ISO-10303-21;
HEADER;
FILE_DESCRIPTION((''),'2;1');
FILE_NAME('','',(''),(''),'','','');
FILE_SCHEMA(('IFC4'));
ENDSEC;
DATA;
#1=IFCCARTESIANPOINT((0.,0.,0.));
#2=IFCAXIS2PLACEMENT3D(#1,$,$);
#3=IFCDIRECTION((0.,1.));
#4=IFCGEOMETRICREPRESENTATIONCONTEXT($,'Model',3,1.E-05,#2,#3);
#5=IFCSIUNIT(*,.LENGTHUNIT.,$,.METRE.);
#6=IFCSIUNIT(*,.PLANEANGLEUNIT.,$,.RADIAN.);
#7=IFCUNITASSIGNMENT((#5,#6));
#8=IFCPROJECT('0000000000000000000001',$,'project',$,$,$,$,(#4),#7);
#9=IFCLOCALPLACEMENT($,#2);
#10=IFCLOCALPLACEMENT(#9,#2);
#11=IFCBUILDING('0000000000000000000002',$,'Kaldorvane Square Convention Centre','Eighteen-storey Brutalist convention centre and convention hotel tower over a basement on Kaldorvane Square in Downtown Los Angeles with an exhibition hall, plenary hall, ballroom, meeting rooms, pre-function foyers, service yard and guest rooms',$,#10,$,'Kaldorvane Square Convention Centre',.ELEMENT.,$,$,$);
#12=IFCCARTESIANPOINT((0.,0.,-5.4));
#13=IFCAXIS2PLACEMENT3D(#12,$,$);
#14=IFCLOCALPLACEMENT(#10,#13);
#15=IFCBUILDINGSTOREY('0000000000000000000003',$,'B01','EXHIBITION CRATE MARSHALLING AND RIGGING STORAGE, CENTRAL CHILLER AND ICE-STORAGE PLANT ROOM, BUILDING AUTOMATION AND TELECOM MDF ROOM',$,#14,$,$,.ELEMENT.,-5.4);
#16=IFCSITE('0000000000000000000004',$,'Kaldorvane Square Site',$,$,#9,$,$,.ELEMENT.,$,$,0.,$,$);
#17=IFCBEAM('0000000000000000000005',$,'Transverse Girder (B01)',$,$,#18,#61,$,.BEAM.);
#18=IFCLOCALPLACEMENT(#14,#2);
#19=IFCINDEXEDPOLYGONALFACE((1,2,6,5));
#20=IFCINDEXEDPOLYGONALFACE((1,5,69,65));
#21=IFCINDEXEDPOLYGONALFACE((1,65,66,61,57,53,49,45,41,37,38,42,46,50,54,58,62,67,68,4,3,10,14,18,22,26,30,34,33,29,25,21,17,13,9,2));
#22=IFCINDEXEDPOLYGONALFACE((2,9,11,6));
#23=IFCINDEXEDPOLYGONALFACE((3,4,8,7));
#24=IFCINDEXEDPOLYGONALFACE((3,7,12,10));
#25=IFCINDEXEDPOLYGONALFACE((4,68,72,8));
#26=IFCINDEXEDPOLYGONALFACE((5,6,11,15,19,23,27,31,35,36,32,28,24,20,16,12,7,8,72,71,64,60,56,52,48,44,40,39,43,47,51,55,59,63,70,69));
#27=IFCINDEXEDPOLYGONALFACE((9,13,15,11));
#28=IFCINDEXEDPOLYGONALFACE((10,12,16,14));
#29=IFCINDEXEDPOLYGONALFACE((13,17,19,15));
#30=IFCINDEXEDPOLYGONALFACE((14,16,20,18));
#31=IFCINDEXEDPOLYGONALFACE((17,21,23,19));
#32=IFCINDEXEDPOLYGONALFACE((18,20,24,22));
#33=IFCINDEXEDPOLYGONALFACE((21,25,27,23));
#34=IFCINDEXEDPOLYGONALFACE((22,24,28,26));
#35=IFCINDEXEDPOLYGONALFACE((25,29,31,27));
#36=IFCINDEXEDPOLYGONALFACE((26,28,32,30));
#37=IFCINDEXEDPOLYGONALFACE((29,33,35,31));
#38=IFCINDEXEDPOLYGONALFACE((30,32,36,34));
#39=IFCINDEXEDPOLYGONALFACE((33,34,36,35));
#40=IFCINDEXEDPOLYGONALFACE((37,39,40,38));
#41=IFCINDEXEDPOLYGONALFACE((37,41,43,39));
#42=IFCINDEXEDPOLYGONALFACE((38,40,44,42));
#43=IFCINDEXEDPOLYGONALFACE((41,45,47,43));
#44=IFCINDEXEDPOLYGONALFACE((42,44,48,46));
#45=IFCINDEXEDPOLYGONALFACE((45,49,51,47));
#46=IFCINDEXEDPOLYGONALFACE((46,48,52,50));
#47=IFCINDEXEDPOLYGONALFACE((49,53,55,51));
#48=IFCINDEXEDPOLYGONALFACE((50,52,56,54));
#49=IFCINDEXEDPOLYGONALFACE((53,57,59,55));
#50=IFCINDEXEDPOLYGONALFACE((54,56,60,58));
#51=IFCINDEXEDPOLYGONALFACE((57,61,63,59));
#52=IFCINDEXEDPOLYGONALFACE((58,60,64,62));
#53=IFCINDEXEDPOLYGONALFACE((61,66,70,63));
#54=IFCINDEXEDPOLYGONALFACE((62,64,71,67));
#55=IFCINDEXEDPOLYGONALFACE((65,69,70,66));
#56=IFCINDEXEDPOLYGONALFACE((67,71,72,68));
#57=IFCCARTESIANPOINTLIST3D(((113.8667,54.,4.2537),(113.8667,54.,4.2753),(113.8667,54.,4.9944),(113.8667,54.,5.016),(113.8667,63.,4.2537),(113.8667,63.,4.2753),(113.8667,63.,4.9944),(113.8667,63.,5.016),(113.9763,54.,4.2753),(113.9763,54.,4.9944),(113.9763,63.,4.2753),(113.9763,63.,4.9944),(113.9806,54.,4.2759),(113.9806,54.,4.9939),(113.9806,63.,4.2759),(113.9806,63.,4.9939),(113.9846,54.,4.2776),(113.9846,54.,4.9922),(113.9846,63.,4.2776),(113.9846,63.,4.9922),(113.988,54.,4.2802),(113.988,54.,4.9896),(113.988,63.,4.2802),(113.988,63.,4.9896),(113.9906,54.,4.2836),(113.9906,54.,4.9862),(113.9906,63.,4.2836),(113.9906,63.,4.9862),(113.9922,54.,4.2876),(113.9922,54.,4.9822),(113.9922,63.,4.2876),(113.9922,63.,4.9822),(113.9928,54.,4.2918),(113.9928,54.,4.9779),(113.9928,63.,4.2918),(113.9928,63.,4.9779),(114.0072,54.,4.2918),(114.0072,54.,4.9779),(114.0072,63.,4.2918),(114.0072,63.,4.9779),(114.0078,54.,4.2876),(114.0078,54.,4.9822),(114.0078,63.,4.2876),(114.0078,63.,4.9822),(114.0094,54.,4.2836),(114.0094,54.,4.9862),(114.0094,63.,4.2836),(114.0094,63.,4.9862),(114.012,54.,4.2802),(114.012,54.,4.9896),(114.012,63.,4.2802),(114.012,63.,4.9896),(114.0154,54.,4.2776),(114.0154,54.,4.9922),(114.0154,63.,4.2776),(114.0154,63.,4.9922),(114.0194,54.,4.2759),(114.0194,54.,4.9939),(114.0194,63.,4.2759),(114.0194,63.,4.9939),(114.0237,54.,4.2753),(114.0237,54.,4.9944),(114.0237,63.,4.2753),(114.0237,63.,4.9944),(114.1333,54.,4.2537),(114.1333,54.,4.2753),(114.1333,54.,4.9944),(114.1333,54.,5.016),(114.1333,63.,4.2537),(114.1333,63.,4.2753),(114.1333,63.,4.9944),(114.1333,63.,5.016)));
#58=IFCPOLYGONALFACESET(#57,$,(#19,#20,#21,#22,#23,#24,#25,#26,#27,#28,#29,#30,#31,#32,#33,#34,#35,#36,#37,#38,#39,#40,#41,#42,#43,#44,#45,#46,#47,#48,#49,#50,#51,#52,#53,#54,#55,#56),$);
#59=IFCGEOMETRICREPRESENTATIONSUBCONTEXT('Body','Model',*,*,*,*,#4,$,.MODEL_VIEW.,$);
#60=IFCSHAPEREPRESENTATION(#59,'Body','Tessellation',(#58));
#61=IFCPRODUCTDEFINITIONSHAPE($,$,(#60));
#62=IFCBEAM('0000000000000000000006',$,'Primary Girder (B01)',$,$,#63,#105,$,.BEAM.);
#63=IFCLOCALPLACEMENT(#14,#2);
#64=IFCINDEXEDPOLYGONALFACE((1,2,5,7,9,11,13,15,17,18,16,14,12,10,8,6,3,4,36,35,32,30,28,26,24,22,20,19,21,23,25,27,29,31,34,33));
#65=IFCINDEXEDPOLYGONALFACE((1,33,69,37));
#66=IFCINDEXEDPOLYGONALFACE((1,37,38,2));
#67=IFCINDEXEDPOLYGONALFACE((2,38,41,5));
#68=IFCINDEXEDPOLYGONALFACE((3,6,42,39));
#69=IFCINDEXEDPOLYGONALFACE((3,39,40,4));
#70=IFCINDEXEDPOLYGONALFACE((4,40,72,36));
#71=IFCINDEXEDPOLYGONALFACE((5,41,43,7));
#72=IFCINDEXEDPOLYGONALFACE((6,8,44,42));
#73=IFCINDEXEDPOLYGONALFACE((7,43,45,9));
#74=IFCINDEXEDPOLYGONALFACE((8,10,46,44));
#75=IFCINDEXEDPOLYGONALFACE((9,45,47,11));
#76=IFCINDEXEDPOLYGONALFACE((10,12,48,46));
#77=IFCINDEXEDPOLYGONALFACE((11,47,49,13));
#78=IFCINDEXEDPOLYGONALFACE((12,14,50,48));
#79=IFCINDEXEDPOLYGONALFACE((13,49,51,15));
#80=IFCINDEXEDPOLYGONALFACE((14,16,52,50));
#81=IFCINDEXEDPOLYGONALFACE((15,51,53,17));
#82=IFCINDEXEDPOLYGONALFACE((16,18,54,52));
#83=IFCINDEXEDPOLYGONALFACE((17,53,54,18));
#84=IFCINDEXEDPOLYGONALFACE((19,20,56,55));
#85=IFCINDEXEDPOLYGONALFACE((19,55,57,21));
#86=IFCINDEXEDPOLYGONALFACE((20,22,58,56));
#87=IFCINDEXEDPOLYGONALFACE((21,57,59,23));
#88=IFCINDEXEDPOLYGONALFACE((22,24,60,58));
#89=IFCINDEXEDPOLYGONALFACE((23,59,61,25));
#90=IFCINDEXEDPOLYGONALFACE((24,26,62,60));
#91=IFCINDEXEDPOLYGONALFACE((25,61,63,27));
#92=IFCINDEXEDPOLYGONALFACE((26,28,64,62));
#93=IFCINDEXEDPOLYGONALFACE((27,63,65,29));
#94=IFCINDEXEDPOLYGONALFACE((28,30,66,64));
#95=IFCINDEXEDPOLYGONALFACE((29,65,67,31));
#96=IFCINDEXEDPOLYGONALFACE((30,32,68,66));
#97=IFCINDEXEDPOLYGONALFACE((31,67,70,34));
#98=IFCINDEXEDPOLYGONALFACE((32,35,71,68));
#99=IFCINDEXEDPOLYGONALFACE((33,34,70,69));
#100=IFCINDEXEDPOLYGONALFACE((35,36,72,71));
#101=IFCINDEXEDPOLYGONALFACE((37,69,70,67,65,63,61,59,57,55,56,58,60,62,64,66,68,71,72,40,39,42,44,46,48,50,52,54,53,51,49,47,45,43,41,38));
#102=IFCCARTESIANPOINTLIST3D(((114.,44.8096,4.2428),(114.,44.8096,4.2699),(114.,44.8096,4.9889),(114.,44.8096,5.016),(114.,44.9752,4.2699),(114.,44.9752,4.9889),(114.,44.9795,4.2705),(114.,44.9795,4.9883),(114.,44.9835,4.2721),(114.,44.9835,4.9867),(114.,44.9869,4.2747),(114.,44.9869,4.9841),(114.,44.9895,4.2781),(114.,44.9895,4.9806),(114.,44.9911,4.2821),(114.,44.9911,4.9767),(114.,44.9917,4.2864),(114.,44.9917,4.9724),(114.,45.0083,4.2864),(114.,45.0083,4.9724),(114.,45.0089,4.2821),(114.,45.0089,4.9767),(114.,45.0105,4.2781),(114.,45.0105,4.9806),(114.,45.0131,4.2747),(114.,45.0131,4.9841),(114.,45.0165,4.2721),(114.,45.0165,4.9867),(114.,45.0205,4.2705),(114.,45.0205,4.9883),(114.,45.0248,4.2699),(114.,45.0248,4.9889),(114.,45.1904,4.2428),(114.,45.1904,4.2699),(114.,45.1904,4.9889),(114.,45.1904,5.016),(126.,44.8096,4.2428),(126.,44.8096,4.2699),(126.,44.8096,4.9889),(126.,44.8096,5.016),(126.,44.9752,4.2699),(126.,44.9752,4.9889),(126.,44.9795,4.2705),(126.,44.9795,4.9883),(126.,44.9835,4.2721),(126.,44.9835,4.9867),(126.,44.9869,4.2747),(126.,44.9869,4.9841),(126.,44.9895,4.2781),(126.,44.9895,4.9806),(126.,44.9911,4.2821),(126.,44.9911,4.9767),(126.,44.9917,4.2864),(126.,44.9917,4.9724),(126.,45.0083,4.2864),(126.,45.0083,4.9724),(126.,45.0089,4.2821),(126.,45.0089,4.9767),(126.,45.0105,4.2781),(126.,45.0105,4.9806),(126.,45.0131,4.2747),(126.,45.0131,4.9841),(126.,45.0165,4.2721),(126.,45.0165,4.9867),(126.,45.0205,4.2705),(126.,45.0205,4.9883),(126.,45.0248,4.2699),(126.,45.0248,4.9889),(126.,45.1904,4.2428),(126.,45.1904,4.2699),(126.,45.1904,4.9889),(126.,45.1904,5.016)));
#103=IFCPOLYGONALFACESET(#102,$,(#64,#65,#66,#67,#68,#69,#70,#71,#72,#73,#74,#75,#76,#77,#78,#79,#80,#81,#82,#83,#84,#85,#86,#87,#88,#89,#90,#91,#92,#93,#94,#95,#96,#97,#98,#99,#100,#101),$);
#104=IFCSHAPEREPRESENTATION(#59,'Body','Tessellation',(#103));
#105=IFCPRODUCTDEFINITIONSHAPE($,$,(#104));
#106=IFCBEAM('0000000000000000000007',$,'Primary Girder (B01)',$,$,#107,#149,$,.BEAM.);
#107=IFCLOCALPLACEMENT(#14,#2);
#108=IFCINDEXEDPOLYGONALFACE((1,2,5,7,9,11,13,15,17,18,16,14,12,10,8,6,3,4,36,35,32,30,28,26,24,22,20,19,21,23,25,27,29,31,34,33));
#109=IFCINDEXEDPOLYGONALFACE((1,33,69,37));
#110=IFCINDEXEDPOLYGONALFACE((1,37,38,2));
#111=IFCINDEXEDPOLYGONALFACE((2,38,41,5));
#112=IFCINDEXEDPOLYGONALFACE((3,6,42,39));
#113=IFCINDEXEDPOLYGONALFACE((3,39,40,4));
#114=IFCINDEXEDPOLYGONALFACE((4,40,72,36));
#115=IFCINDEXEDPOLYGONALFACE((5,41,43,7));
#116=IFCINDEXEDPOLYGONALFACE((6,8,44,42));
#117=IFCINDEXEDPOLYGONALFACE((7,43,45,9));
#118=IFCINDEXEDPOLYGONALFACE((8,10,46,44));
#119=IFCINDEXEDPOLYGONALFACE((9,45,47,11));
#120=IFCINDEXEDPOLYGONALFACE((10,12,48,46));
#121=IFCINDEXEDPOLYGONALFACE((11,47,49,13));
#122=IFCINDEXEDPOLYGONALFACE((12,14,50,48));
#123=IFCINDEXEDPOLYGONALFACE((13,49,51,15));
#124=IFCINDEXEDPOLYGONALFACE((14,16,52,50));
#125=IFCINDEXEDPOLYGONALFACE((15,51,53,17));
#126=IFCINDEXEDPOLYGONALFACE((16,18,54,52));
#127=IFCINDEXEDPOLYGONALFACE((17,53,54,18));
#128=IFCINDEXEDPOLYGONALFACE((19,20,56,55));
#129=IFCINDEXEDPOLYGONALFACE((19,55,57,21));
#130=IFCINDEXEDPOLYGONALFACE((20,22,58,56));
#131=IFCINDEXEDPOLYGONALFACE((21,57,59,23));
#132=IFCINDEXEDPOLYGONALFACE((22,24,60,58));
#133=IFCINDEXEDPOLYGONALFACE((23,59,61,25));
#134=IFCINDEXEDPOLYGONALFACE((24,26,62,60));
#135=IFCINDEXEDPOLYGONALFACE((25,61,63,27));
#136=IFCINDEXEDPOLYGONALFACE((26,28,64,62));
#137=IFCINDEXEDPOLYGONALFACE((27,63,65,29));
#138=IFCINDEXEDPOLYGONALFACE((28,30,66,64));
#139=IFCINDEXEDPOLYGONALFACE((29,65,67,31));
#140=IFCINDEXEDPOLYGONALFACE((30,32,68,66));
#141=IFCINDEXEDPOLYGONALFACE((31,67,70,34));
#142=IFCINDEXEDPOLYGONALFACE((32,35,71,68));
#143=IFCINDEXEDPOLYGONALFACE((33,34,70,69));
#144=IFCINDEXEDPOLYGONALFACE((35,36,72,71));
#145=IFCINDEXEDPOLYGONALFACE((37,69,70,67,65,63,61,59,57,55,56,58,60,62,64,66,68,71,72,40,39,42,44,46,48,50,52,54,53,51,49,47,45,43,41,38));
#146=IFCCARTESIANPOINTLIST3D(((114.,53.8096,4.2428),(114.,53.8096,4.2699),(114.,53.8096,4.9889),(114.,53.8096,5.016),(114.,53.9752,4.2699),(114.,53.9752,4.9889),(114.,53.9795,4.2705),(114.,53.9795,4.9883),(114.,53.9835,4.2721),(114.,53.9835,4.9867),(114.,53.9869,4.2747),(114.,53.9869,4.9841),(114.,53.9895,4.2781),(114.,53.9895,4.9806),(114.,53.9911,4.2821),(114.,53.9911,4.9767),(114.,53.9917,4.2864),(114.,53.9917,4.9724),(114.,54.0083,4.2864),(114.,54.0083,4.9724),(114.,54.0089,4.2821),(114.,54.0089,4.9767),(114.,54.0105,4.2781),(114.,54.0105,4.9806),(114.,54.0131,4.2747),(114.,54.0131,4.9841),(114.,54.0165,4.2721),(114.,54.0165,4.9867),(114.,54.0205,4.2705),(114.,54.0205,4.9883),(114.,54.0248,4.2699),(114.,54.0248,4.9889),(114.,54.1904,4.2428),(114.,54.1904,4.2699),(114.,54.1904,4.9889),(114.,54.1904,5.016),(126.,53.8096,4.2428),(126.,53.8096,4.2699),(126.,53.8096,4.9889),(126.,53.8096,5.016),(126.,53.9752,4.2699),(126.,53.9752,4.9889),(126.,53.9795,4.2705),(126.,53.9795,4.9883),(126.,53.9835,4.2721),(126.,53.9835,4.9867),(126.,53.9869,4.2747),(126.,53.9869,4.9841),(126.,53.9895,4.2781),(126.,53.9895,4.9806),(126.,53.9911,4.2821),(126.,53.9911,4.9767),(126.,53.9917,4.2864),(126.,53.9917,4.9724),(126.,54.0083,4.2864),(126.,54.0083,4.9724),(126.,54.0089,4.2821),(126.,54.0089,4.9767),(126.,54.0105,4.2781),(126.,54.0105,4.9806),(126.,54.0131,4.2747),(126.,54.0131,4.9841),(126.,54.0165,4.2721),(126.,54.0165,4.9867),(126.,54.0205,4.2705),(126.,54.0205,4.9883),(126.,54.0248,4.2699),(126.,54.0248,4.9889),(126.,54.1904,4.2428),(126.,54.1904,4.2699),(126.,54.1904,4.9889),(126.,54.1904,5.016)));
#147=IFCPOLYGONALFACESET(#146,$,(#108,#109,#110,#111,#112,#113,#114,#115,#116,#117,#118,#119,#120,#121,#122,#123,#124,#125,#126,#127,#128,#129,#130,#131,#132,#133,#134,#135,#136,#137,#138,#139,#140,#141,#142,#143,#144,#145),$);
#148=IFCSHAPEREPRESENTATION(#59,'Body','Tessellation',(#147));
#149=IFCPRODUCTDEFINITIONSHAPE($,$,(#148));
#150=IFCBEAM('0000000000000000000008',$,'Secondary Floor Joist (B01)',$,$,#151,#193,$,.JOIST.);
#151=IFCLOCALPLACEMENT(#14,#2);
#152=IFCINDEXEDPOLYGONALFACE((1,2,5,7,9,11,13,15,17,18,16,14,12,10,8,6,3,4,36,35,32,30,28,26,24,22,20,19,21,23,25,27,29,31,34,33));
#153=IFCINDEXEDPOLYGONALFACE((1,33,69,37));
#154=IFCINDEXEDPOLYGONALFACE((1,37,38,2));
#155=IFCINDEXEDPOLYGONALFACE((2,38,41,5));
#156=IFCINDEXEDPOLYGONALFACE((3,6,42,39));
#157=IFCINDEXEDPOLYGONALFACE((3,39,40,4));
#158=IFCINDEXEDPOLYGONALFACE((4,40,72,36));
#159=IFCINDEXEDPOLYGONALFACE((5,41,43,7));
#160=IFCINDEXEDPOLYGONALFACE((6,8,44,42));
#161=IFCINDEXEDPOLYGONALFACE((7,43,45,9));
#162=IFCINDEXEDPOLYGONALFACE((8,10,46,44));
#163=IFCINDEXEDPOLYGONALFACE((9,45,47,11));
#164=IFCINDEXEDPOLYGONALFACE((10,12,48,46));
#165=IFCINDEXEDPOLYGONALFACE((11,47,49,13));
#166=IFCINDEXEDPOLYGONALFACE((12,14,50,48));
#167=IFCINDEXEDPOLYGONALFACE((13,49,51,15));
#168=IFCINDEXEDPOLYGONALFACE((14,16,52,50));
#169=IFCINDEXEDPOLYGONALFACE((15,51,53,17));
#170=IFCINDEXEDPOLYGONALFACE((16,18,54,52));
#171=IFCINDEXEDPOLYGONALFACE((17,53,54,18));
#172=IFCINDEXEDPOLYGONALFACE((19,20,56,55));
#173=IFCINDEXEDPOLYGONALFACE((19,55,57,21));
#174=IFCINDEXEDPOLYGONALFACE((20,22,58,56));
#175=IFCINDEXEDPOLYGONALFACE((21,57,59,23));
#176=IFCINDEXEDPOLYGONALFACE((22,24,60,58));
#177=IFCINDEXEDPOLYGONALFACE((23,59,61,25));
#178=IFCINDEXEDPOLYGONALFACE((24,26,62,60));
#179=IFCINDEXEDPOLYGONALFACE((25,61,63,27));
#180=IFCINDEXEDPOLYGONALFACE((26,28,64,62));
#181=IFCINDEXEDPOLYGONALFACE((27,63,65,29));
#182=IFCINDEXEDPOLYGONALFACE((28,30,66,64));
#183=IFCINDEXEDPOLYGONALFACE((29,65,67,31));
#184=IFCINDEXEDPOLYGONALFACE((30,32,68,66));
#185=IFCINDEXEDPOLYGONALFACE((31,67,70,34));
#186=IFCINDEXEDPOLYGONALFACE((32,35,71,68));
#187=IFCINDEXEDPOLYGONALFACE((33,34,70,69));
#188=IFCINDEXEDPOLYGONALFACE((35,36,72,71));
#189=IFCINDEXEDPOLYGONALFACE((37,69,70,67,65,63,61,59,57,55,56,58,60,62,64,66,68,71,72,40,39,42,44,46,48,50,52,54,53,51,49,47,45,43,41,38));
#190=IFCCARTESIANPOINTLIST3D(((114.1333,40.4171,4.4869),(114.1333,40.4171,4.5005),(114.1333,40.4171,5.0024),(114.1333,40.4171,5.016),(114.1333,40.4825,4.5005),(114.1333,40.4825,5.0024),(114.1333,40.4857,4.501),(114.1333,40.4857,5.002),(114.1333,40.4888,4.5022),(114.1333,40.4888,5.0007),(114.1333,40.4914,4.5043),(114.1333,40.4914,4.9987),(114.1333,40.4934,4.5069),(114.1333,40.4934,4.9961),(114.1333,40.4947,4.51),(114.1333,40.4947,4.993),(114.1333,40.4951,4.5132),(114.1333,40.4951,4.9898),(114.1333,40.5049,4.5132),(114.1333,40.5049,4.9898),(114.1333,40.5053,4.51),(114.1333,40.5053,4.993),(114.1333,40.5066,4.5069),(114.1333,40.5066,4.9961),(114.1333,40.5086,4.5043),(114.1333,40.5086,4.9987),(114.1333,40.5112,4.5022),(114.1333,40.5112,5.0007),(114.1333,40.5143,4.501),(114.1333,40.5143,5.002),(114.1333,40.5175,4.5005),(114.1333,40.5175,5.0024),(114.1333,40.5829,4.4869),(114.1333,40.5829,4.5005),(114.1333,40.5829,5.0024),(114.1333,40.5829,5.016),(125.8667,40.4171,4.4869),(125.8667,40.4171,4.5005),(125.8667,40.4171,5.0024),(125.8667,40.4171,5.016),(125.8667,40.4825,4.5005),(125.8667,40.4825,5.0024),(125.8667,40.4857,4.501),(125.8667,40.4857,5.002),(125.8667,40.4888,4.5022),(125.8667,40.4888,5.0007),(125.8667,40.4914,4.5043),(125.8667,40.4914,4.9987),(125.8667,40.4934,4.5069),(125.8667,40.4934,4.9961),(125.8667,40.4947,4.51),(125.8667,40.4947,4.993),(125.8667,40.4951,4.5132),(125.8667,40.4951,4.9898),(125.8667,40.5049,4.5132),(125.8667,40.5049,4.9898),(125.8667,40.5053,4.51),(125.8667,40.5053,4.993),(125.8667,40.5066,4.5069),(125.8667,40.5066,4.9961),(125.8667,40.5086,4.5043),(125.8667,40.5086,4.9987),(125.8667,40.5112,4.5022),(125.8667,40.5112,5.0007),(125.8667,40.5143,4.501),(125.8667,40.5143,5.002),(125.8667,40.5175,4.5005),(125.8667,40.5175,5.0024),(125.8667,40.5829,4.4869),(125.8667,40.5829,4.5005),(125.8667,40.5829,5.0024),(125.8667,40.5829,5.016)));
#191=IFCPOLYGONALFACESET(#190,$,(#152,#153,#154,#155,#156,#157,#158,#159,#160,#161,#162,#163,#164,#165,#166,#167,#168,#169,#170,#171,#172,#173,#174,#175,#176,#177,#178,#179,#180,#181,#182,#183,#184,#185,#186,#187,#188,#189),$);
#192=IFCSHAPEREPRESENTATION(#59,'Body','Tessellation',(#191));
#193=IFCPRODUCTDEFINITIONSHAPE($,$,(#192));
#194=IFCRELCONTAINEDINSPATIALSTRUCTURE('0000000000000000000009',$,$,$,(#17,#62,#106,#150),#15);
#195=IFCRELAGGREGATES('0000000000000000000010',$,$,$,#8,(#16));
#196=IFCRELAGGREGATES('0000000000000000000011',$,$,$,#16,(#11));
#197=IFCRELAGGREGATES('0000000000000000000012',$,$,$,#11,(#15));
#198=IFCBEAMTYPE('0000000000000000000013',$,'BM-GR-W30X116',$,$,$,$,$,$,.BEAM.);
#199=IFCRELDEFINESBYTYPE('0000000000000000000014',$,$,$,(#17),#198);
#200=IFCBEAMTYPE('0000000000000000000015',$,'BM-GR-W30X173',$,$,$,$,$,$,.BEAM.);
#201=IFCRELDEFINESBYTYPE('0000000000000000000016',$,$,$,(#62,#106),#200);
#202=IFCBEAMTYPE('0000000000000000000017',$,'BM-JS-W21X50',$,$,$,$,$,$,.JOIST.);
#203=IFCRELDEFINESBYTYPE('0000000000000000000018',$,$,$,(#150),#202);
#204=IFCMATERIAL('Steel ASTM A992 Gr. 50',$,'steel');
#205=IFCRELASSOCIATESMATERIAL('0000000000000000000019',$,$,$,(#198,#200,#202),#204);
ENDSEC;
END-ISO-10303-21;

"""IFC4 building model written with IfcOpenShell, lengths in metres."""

from ifc_helpers import new_model, si_unit, direction, frame, origin, origin_2d, place, context, subcontext, project, spatial, i_section, extrude, material, material_profile, profile_set, type_object, element, save


model = new_model("IFC4")

# Units and contexts
model_context = context("Model", 3, precision=1e-05, world=origin(), true_north=direction((0.0, 1.0)))
body_context = subcontext(model_context, "Body", "Model", "MODEL_VIEW")
ifc_project = project(units=[si_unit("LENGTHUNIT", "METRE"), si_unit("PLANEANGLEUNIT", "RADIAN")], contexts=[model_context])

# Site, building, storey
site_placement = place(None, origin())
site = spatial("IfcSite", under=ifc_project, at=site_placement, Name="Kaldorvane Square Site", CompositionType="ELEMENT", RefElevation=0.0)
building_placement = place(site_placement, origin())
building = spatial("IfcBuilding", under=site, at=building_placement, Name="Kaldorvane Square Convention Centre", Description="Eighteen-storey Brutalist convention centre and convention hotel tower over a basement on Kaldorvane Square in Downtown Los Angeles with an exhibition hall, plenary hall, ballroom, meeting rooms, pre-function foyers, service yard and guest rooms", LongName="Kaldorvane Square Convention Centre", CompositionType="ELEMENT")
storey_placement = place(building_placement, frame((0.0, 0.0, -5.4)))
storey = spatial("IfcBuildingStorey", under=building, at=storey_placement, Name="B01", Description="EXHIBITION CRATE MARSHALLING AND RIGGING STORAGE, CENTRAL CHILLER AND ICE-STORAGE PLANT ROOM, BUILDING AUTOMATION AND TELECOM MDF ROOM", CompositionType="ELEMENT", Elevation=-5.4)

# Shared definitions
ifc_material_1 = material(Name="Steel ASTM A992 Gr. 50", Category="steel")

# Beams
ifc_material_profile_1 = material_profile(ifc_material_1, i_section(OverallWidth=0.2666, OverallDepth=0.7623, WebThickness=0.0144, FlangeThickness=0.0216, FilletRadius=0.0165, at=origin_2d()), Name="W30X116")
ifc_profile_set_1 = profile_set([ifc_material_profile_1], Name="Steel ASTM A992 Gr. 50")
beam_type_1 = type_object("IfcBeamType", Name="BM-GR-W30X116", PredefinedType="BEAM", material=ifc_profile_set_1)
for number, where, z_axis, x_axis, name in (
    (1, (114.0, 54.0, 4.6349), (0.0, 1.0, 0.0), (-1.0, 0.0, 0.0), "Transverse Girder (B01)"),
):
    element("IfcBeam", number, at=place(storey_placement, frame(where, z_axis=z_axis, x_axis=x_axis)), inside=storey, type_object=beam_type_1, Name=name, PredefinedType="BEAM", context=body_context, shape_type="SweptSolid", body=[
        extrude(i_section(OverallWidth=0.2666, OverallDepth=0.7623, WebThickness=0.0144, FlangeThickness=0.0216, FilletRadius=0.0165, at=origin_2d()), origin(), (0.0, 0.0, 1.0), 9.0),
    ])
ifc_material_profile_2 = material_profile(ifc_material_1, i_section(OverallWidth=0.3807, OverallDepth=0.7732, WebThickness=0.0166, FlangeThickness=0.0271, FilletRadius=0.0165, at=origin_2d()), Name="W30X173")
ifc_profile_set_2 = profile_set([ifc_material_profile_2], Name="Steel ASTM A992 Gr. 50")
beam_type_2 = type_object("IfcBeamType", Name="BM-GR-W30X173", PredefinedType="BEAM", material=ifc_profile_set_2)
for number, where, z_axis, x_axis, name in (
    (2, (114.0, 45.0, 4.6294), (1.0, 0.0, 0.0), (0.0, 1.0, 0.0), "Primary Girder (B01)"),
    (3, (114.0, 54.0, 4.6294), (1.0, 0.0, 0.0), (0.0, 1.0, 0.0), "Primary Girder (B01)"),
):
    element("IfcBeam", number, at=place(storey_placement, frame(where, z_axis=z_axis, x_axis=x_axis)), inside=storey, type_object=beam_type_2, Name=name, PredefinedType="BEAM", context=body_context, shape_type="SweptSolid", body=[
        extrude(i_section(OverallWidth=0.3807, OverallDepth=0.7732, WebThickness=0.0166, FlangeThickness=0.0271, FilletRadius=0.0165, at=origin_2d()), origin(), (0.0, 0.0, 1.0), 12.0),
    ])
ifc_material_profile_3 = material_profile(ifc_material_1, i_section(OverallWidth=0.1659, OverallDepth=0.5291, WebThickness=0.0097, FlangeThickness=0.0136, FilletRadius=0.0127, at=origin_2d()), Name="W21X50")
ifc_profile_set_3 = profile_set([ifc_material_profile_3], Name="Steel ASTM A992 Gr. 50")
beam_type_3 = type_object("IfcBeamType", Name="BM-JS-W21X50", PredefinedType="JOIST", material=ifc_profile_set_3)
for number, where, z_axis, x_axis, name in (
    (4, (114.1333, 40.5, 4.7515), (1.0, 0.0, 0.0), (0.0, 1.0, 0.0), "Secondary Floor Joist (B01)"),
):
    element("IfcBeam", number, at=place(storey_placement, frame(where, z_axis=z_axis, x_axis=x_axis)), inside=storey, type_object=beam_type_3, Name=name, PredefinedType="JOIST", context=body_context, shape_type="SweptSolid", body=[
        extrude(i_section(OverallWidth=0.1659, OverallDepth=0.5291, WebThickness=0.0097, FlangeThickness=0.0136, FilletRadius=0.0127, at=origin_2d()), origin(), (0.0, 0.0, 1.0), 11.7334),
    ])

save(model, "model.ifc")
